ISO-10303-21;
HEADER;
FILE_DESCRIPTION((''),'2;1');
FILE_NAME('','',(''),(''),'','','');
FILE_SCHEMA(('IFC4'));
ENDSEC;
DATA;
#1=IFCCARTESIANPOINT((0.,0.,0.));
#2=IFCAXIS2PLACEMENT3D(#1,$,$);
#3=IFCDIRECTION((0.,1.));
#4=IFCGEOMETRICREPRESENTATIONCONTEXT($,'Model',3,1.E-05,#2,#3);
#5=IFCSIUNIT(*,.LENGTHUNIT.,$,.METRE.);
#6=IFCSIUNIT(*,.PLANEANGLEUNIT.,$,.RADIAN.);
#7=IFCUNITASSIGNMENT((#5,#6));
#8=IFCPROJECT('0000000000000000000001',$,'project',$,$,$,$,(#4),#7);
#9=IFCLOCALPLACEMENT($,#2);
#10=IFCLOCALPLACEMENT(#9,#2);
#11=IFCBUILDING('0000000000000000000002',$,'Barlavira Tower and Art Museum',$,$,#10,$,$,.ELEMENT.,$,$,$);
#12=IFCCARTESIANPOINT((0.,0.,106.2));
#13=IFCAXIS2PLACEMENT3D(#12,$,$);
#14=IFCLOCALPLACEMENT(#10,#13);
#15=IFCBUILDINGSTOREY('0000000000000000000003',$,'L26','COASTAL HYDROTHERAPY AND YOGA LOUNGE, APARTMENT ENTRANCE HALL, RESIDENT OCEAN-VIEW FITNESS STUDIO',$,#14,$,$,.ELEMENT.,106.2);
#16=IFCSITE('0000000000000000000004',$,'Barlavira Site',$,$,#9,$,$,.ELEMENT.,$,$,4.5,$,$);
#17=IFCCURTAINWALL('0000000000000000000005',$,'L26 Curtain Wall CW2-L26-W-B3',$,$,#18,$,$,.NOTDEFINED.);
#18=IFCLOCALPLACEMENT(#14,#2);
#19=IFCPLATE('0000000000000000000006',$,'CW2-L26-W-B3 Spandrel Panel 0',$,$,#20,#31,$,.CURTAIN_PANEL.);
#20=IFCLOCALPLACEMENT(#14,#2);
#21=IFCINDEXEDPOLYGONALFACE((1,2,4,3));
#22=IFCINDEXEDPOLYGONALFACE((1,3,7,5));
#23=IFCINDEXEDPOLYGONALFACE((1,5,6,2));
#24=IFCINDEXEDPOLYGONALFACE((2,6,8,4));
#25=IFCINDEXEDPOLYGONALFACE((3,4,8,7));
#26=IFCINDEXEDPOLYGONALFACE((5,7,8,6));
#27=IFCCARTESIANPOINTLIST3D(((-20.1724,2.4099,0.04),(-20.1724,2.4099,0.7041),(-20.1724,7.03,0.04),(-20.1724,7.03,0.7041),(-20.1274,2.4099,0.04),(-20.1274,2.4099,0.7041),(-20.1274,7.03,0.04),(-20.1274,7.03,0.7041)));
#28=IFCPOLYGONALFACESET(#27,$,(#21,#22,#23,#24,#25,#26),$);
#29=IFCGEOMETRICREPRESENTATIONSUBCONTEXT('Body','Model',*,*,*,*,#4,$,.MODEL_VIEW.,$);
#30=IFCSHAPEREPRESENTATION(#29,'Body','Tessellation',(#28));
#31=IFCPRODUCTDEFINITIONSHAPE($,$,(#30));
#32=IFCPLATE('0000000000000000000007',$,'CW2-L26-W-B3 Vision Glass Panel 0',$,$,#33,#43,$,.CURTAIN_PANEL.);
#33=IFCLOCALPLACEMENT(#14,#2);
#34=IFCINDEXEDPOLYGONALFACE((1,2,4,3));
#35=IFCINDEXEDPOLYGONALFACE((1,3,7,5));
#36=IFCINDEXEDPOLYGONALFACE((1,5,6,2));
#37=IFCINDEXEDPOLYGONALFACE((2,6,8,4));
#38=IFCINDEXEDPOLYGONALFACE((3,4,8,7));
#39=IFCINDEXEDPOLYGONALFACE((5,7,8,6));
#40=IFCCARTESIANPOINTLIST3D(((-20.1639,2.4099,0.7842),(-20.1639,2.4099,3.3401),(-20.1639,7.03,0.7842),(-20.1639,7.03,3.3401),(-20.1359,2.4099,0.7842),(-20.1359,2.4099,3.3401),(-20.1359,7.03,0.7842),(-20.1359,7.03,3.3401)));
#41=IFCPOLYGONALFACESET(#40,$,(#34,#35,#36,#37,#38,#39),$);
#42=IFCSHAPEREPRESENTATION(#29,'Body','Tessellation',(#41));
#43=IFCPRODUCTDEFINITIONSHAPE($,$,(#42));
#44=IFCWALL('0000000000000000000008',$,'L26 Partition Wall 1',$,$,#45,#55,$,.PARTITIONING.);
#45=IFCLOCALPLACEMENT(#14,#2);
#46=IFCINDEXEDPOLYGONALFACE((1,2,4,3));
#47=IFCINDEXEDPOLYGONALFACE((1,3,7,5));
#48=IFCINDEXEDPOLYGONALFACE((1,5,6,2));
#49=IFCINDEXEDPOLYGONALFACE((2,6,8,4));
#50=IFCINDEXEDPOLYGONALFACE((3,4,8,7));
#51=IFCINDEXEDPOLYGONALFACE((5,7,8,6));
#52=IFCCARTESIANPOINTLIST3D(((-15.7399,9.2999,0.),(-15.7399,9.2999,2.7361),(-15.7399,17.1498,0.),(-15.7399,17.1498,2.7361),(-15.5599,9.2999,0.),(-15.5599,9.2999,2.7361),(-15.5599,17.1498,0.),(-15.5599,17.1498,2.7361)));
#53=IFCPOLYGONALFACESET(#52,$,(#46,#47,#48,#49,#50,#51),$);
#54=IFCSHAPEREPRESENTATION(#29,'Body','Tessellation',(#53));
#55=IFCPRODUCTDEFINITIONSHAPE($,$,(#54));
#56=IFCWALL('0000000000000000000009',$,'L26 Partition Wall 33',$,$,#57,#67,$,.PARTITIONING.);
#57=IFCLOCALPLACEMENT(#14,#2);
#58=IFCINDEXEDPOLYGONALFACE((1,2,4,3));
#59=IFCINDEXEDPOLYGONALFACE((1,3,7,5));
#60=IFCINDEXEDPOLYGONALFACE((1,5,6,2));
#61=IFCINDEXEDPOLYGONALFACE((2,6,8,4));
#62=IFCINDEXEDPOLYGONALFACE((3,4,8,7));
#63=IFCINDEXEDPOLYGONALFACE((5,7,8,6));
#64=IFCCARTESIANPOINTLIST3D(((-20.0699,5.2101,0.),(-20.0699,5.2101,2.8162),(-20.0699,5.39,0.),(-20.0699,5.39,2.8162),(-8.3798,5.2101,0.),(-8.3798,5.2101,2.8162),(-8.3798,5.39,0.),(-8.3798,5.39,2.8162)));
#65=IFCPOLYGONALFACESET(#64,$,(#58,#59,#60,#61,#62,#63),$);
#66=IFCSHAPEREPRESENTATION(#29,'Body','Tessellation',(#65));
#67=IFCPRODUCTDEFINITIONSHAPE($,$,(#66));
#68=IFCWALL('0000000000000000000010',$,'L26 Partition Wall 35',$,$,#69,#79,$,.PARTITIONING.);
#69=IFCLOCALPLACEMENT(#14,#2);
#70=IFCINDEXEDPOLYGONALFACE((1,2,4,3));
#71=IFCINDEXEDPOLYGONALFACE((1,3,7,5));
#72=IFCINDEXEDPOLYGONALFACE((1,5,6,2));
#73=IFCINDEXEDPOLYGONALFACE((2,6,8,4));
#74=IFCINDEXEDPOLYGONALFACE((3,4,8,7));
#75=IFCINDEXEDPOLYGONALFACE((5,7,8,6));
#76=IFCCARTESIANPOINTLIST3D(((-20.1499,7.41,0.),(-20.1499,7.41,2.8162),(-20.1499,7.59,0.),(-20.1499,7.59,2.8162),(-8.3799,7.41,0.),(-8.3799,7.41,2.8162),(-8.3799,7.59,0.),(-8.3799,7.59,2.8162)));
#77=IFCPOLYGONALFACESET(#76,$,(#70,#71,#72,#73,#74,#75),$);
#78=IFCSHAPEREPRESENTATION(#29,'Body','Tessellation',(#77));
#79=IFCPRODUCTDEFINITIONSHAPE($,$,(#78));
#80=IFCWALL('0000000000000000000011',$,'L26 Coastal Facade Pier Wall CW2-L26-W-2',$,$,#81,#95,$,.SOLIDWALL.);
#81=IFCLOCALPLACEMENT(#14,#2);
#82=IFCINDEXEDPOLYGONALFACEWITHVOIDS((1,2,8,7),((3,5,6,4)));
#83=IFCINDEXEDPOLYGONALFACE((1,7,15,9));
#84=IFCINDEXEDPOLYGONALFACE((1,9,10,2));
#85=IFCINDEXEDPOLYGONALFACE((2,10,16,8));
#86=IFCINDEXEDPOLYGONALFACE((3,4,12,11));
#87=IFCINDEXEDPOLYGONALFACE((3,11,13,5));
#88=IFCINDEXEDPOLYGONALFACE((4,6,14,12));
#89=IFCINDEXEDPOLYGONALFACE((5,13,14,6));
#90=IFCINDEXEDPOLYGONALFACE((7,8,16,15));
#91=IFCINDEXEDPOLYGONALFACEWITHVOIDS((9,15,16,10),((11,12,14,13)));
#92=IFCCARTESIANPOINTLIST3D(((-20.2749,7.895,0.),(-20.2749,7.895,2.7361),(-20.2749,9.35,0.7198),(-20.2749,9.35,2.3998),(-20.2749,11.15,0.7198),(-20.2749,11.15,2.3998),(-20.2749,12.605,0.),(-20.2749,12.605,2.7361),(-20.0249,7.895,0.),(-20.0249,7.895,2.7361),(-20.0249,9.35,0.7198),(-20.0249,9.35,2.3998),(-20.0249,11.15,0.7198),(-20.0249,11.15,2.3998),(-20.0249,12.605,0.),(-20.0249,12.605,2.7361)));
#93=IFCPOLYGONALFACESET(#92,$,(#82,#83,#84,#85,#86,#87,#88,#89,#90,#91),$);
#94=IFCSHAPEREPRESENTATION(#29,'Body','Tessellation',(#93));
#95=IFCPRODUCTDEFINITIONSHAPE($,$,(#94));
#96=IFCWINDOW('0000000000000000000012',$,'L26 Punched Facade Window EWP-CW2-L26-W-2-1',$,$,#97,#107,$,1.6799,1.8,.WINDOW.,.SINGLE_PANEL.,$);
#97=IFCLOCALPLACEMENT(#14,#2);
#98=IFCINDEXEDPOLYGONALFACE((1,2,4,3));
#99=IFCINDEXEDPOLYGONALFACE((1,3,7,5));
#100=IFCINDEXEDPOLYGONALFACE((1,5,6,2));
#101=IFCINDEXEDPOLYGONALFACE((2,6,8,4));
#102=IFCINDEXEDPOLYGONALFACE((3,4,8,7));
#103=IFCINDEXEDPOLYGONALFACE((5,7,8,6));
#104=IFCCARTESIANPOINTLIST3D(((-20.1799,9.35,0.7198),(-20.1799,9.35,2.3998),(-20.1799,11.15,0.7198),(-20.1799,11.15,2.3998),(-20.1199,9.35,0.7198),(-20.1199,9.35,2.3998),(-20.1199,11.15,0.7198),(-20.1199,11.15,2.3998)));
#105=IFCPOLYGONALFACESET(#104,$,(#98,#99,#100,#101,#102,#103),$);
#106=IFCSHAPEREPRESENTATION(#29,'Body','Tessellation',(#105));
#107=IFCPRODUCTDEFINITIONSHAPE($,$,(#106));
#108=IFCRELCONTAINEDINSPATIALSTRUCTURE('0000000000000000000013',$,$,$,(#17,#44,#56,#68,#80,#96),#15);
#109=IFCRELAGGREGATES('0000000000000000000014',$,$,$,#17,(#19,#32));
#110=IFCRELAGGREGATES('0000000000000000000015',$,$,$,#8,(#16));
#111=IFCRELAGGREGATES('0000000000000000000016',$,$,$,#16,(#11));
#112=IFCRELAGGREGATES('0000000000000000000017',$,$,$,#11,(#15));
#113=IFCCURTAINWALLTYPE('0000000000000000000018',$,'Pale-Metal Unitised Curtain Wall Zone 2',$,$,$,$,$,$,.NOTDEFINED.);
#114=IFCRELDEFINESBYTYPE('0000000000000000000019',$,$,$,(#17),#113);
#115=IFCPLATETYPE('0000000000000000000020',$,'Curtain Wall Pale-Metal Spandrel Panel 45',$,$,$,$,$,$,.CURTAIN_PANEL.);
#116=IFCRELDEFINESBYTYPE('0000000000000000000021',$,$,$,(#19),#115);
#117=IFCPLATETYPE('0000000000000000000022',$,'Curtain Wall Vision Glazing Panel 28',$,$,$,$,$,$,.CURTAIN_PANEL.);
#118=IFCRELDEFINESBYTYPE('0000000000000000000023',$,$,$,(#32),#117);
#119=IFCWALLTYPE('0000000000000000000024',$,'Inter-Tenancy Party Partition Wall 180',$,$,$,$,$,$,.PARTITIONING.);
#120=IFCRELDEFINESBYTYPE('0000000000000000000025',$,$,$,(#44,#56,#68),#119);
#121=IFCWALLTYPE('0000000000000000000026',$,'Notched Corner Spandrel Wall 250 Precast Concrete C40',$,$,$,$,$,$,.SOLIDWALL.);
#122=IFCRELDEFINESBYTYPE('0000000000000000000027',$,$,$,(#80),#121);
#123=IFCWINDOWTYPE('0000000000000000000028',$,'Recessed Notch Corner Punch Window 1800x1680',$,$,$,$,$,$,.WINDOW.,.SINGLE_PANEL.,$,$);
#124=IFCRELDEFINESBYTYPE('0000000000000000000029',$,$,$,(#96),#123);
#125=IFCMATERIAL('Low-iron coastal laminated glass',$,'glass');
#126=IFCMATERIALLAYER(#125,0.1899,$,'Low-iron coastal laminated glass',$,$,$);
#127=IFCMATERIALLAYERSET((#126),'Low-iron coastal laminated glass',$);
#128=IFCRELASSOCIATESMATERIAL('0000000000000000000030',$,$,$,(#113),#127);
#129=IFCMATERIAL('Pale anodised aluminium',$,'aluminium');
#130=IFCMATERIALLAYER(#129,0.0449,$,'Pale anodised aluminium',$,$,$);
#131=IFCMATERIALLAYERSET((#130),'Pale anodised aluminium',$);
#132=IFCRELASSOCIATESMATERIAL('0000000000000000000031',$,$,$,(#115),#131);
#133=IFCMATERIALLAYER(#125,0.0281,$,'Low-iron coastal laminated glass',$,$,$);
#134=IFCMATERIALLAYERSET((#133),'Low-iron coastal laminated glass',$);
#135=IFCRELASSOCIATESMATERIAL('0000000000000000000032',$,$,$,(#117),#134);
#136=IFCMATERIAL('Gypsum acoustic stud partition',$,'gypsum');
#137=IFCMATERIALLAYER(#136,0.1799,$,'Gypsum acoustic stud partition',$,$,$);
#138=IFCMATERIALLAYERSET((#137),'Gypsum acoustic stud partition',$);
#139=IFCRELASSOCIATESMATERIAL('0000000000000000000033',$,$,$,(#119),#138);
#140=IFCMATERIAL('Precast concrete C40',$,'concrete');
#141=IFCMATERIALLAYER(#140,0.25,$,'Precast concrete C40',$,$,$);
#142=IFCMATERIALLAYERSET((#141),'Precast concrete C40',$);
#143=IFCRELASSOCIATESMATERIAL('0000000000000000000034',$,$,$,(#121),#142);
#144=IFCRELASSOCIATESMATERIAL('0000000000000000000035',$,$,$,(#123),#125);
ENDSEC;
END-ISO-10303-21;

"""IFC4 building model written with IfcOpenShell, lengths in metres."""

from ifc_helpers import new_model, si_unit, direction, frame, frame_2d, origin, origin_2d, place, context, subcontext, project, spatial, rectangle, extrude, material, layer, layer_set, type_object, element, fill, aggregate, save


model = new_model("IFC4")

# Units and contexts
model_context = context("Model", 3, precision=1e-05, world=origin(), true_north=direction((0.0, 1.0)))
body_context = subcontext(model_context, "Body", "Model", "MODEL_VIEW")
ifc_project = project(units=[si_unit("LENGTHUNIT", "METRE"), si_unit("PLANEANGLEUNIT", "RADIAN")], contexts=[model_context])

# Site, building, storey
site_placement = place(None, origin())
site = spatial("IfcSite", under=ifc_project, at=site_placement, Name="Barlavira Site", CompositionType="ELEMENT", RefElevation=4.5)
building_placement = place(site_placement, origin())
building = spatial("IfcBuilding", under=site, at=building_placement, Name="Barlavira Tower and Art Museum", CompositionType="ELEMENT")
storey_placement = place(building_placement, frame((0.0, 0.0, 106.2)))
storey = spatial("IfcBuildingStorey", under=building, at=storey_placement, Name="L26", Description="COASTAL HYDROTHERAPY AND YOGA LOUNGE, APARTMENT ENTRANCE HALL, RESIDENT OCEAN-VIEW FITNESS STUDIO", CompositionType="ELEMENT", Elevation=106.2)

# Curtain wall
ifc_material_1 = material(Name="Low-iron coastal laminated glass", Category="glass")
ifc_layer_1 = layer(ifc_material_1, 0.1899, Name="Low-iron coastal laminated glass")
ifc_layer_set_1 = layer_set([ifc_layer_1], Name="Low-iron coastal laminated glass")
curtain_wall_type = type_object("IfcCurtainWallType", Name="Pale-Metal Unitised Curtain Wall Zone 2", PredefinedType="NOTDEFINED", material=ifc_layer_set_1)
curtain_wall_placement = place(storey_placement, origin())
curtain_wall = element("IfcCurtainWall", 1, at=curtain_wall_placement, inside=storey, type_object=curtain_wall_type, Name="L26 Curtain Wall CW2-L26-W-B3", PredefinedType="NOTDEFINED")
ifc_material_2 = material(Name="Pale anodised aluminium", Category="aluminium")

# Plates
ifc_layer_2 = layer(ifc_material_2, 0.0449, Name="Pale anodised aluminium")
ifc_layer_set_2 = layer_set([ifc_layer_2], Name="Pale anodised aluminium")
plate_type_1 = type_object("IfcPlateType", Name="Curtain Wall Pale-Metal Spandrel Panel 45", PredefinedType="CURTAIN_PANEL", material=ifc_layer_set_2)
plate_1_placement = place(storey_placement, frame((-20.1499, 4.72, 0.04), z_axis=(0.0, 0.0, 1.0), x_axis=(0.0, -1.0, 0.0)))
plate_1 = element("IfcPlate", 2, at=plate_1_placement, type_object=plate_type_1, Name="CW2-L26-W-B3 Spandrel Panel 0", PredefinedType="CURTAIN_PANEL", context=body_context, shape_type="SweptSolid", body=[
    extrude(rectangle(XDim=4.6201, YDim=0.0449, at=origin_2d()), origin(), (0.0, 0.0, 1.0), 0.6641),
])
ifc_layer_3 = layer(ifc_material_1, 0.0281, Name="Low-iron coastal laminated glass")
ifc_layer_set_3 = layer_set([ifc_layer_3], Name="Low-iron coastal laminated glass")
plate_type_2 = type_object("IfcPlateType", Name="Curtain Wall Vision Glazing Panel 28", PredefinedType="CURTAIN_PANEL", material=ifc_layer_set_3)
plate_2_placement = place(storey_placement, frame((-20.1499, 4.72, 0.7842), z_axis=(0.0, 0.0, 1.0), x_axis=(0.0, -1.0, 0.0)))
plate_2 = element("IfcPlate", 3, at=plate_2_placement, type_object=plate_type_2, Name="CW2-L26-W-B3 Vision Glass Panel 0", PredefinedType="CURTAIN_PANEL", context=body_context, shape_type="SweptSolid", body=[
    extrude(rectangle(XDim=4.6201, YDim=0.0281, at=origin_2d()), origin(), (0.0, 0.0, 1.0), 2.5559),
])
aggregate(curtain_wall, [plate_1, plate_2])

# Walls
ifc_material_3 = material(Name="Gypsum acoustic stud partition", Category="gypsum")
ifc_layer_4 = layer(ifc_material_3, 0.1799, Name="Gypsum acoustic stud partition")
ifc_layer_set_4 = layer_set([ifc_layer_4], Name="Gypsum acoustic stud partition")
wall_type_1 = type_object("IfcWallType", Name="Inter-Tenancy Party Partition Wall 180", PredefinedType="PARTITIONING", material=ifc_layer_set_4)
wall_1_placement = place(storey_placement, frame((-15.6499, 9.3, 0.0), z_axis=(0.0, 0.0, 1.0), x_axis=(0.0, 1.0, 0.0)))
element("IfcWall", 4, at=wall_1_placement, inside=storey, type_object=wall_type_1, Name="L26 Partition Wall 1", PredefinedType="PARTITIONING", context=body_context, shape_type="SweptSolid", body=[
    extrude(rectangle(XDim=7.8499, YDim=0.1799, at=frame_2d((3.9248, 0.0))), origin(), (0.0, 0.0, 1.0), 2.7361),
])
wall_2_placement = place(storey_placement, frame((-20.0701, 5.3, 0.0), z_axis=(0.0, 0.0, 1.0), x_axis=(1.0, 0.0, 0.0)))
element("IfcWall", 5, at=wall_2_placement, inside=storey, type_object=wall_type_1, Name="L26 Partition Wall 33", PredefinedType="PARTITIONING", context=body_context, shape_type="SweptSolid", body=[
    extrude(rectangle(XDim=11.6902, YDim=0.1799, at=frame_2d((5.8452, 0.0))), origin(), (0.0, 0.0, 1.0), 2.8162),
])
wall_3_placement = place(storey_placement, frame((-20.1499, 7.5, 0.0), z_axis=(0.0, 0.0, 1.0), x_axis=(1.0, 0.0, 0.0)))
element("IfcWall", 6, at=wall_3_placement, inside=storey, type_object=wall_type_1, Name="L26 Partition Wall 35", PredefinedType="PARTITIONING", context=body_context, shape_type="SweptSolid", body=[
    extrude(rectangle(XDim=11.77, YDim=0.1799, at=frame_2d((5.885, 0.0))), origin(), (0.0, 0.0, 1.0), 2.8162),
])

# Wall, opening, window
ifc_material_4 = material(Name="Precast concrete C40", Category="concrete")
ifc_layer_5 = layer(ifc_material_4, 0.25, Name="Precast concrete C40")
ifc_layer_set_5 = layer_set([ifc_layer_5], Name="Precast concrete C40")
wall_type_2 = type_object("IfcWallType", Name="Notched Corner Spandrel Wall 250 Precast Concrete C40", PredefinedType="SOLIDWALL", material=ifc_layer_set_5)
wall_4_placement = place(storey_placement, frame((-20.1499, 12.605, 0.0), z_axis=(0.0, 0.0, 1.0), x_axis=(0.0, -1.0, 0.0)))
wall_4 = element("IfcWall", 7, at=wall_4_placement, inside=storey, type_object=wall_type_2, Name="L26 Coastal Facade Pier Wall CW2-L26-W-2", PredefinedType="SOLIDWALL", context=body_context, shape_type="SweptSolid", body=[
    extrude(rectangle(XDim=4.71, YDim=0.25, at=frame_2d((2.355, 0.0))), origin(), (0.0, 0.0, 1.0), 2.7361),
])
opening_placement = place(wall_4_placement, frame((1.4551, 0.0, 0.72)))
opening = element("IfcOpeningElement", 8, at=opening_placement, cuts=wall_4, PredefinedType="OPENING", context=body_context, shape_type="SweptSolid", body=[
    extrude(rectangle(XDim=1.8, YDim=1.6799, at=frame_2d((0.8999, 0.8398))), frame((0.0, 0.135, 0.0), z_axis=(0.0, -1.0, 0.0), x_axis=(1.0, 0.0, 0.0)), (0.0, 0.0, 1.0), 0.27),
])
window_type = type_object("IfcWindowType", Name="Recessed Notch Corner Punch Window 1800x1680", PartitioningType="SINGLE_PANEL", PredefinedType="WINDOW", material=ifc_material_1)
window_placement = place(opening_placement, origin())
window = element("IfcWindow", 9, at=window_placement, inside=storey, type_object=window_type, Name="L26 Punched Facade Window EWP-CW2-L26-W-2-1", OverallHeight=1.6799, OverallWidth=1.8, PartitioningType="SINGLE_PANEL", PredefinedType="WINDOW", context=body_context, shape_type="SweptSolid", body=[
    extrude(rectangle(XDim=1.8, YDim=1.6799, at=frame_2d((0.8999, 0.8398))), frame((0.0, 0.03, 0.0), z_axis=(0.0, -1.0, 0.0), x_axis=(1.0, 0.0, 0.0)), (0.0, 0.0, 1.0), 0.0601),
])
fill(opening, window)

save(model, "model.ifc")
